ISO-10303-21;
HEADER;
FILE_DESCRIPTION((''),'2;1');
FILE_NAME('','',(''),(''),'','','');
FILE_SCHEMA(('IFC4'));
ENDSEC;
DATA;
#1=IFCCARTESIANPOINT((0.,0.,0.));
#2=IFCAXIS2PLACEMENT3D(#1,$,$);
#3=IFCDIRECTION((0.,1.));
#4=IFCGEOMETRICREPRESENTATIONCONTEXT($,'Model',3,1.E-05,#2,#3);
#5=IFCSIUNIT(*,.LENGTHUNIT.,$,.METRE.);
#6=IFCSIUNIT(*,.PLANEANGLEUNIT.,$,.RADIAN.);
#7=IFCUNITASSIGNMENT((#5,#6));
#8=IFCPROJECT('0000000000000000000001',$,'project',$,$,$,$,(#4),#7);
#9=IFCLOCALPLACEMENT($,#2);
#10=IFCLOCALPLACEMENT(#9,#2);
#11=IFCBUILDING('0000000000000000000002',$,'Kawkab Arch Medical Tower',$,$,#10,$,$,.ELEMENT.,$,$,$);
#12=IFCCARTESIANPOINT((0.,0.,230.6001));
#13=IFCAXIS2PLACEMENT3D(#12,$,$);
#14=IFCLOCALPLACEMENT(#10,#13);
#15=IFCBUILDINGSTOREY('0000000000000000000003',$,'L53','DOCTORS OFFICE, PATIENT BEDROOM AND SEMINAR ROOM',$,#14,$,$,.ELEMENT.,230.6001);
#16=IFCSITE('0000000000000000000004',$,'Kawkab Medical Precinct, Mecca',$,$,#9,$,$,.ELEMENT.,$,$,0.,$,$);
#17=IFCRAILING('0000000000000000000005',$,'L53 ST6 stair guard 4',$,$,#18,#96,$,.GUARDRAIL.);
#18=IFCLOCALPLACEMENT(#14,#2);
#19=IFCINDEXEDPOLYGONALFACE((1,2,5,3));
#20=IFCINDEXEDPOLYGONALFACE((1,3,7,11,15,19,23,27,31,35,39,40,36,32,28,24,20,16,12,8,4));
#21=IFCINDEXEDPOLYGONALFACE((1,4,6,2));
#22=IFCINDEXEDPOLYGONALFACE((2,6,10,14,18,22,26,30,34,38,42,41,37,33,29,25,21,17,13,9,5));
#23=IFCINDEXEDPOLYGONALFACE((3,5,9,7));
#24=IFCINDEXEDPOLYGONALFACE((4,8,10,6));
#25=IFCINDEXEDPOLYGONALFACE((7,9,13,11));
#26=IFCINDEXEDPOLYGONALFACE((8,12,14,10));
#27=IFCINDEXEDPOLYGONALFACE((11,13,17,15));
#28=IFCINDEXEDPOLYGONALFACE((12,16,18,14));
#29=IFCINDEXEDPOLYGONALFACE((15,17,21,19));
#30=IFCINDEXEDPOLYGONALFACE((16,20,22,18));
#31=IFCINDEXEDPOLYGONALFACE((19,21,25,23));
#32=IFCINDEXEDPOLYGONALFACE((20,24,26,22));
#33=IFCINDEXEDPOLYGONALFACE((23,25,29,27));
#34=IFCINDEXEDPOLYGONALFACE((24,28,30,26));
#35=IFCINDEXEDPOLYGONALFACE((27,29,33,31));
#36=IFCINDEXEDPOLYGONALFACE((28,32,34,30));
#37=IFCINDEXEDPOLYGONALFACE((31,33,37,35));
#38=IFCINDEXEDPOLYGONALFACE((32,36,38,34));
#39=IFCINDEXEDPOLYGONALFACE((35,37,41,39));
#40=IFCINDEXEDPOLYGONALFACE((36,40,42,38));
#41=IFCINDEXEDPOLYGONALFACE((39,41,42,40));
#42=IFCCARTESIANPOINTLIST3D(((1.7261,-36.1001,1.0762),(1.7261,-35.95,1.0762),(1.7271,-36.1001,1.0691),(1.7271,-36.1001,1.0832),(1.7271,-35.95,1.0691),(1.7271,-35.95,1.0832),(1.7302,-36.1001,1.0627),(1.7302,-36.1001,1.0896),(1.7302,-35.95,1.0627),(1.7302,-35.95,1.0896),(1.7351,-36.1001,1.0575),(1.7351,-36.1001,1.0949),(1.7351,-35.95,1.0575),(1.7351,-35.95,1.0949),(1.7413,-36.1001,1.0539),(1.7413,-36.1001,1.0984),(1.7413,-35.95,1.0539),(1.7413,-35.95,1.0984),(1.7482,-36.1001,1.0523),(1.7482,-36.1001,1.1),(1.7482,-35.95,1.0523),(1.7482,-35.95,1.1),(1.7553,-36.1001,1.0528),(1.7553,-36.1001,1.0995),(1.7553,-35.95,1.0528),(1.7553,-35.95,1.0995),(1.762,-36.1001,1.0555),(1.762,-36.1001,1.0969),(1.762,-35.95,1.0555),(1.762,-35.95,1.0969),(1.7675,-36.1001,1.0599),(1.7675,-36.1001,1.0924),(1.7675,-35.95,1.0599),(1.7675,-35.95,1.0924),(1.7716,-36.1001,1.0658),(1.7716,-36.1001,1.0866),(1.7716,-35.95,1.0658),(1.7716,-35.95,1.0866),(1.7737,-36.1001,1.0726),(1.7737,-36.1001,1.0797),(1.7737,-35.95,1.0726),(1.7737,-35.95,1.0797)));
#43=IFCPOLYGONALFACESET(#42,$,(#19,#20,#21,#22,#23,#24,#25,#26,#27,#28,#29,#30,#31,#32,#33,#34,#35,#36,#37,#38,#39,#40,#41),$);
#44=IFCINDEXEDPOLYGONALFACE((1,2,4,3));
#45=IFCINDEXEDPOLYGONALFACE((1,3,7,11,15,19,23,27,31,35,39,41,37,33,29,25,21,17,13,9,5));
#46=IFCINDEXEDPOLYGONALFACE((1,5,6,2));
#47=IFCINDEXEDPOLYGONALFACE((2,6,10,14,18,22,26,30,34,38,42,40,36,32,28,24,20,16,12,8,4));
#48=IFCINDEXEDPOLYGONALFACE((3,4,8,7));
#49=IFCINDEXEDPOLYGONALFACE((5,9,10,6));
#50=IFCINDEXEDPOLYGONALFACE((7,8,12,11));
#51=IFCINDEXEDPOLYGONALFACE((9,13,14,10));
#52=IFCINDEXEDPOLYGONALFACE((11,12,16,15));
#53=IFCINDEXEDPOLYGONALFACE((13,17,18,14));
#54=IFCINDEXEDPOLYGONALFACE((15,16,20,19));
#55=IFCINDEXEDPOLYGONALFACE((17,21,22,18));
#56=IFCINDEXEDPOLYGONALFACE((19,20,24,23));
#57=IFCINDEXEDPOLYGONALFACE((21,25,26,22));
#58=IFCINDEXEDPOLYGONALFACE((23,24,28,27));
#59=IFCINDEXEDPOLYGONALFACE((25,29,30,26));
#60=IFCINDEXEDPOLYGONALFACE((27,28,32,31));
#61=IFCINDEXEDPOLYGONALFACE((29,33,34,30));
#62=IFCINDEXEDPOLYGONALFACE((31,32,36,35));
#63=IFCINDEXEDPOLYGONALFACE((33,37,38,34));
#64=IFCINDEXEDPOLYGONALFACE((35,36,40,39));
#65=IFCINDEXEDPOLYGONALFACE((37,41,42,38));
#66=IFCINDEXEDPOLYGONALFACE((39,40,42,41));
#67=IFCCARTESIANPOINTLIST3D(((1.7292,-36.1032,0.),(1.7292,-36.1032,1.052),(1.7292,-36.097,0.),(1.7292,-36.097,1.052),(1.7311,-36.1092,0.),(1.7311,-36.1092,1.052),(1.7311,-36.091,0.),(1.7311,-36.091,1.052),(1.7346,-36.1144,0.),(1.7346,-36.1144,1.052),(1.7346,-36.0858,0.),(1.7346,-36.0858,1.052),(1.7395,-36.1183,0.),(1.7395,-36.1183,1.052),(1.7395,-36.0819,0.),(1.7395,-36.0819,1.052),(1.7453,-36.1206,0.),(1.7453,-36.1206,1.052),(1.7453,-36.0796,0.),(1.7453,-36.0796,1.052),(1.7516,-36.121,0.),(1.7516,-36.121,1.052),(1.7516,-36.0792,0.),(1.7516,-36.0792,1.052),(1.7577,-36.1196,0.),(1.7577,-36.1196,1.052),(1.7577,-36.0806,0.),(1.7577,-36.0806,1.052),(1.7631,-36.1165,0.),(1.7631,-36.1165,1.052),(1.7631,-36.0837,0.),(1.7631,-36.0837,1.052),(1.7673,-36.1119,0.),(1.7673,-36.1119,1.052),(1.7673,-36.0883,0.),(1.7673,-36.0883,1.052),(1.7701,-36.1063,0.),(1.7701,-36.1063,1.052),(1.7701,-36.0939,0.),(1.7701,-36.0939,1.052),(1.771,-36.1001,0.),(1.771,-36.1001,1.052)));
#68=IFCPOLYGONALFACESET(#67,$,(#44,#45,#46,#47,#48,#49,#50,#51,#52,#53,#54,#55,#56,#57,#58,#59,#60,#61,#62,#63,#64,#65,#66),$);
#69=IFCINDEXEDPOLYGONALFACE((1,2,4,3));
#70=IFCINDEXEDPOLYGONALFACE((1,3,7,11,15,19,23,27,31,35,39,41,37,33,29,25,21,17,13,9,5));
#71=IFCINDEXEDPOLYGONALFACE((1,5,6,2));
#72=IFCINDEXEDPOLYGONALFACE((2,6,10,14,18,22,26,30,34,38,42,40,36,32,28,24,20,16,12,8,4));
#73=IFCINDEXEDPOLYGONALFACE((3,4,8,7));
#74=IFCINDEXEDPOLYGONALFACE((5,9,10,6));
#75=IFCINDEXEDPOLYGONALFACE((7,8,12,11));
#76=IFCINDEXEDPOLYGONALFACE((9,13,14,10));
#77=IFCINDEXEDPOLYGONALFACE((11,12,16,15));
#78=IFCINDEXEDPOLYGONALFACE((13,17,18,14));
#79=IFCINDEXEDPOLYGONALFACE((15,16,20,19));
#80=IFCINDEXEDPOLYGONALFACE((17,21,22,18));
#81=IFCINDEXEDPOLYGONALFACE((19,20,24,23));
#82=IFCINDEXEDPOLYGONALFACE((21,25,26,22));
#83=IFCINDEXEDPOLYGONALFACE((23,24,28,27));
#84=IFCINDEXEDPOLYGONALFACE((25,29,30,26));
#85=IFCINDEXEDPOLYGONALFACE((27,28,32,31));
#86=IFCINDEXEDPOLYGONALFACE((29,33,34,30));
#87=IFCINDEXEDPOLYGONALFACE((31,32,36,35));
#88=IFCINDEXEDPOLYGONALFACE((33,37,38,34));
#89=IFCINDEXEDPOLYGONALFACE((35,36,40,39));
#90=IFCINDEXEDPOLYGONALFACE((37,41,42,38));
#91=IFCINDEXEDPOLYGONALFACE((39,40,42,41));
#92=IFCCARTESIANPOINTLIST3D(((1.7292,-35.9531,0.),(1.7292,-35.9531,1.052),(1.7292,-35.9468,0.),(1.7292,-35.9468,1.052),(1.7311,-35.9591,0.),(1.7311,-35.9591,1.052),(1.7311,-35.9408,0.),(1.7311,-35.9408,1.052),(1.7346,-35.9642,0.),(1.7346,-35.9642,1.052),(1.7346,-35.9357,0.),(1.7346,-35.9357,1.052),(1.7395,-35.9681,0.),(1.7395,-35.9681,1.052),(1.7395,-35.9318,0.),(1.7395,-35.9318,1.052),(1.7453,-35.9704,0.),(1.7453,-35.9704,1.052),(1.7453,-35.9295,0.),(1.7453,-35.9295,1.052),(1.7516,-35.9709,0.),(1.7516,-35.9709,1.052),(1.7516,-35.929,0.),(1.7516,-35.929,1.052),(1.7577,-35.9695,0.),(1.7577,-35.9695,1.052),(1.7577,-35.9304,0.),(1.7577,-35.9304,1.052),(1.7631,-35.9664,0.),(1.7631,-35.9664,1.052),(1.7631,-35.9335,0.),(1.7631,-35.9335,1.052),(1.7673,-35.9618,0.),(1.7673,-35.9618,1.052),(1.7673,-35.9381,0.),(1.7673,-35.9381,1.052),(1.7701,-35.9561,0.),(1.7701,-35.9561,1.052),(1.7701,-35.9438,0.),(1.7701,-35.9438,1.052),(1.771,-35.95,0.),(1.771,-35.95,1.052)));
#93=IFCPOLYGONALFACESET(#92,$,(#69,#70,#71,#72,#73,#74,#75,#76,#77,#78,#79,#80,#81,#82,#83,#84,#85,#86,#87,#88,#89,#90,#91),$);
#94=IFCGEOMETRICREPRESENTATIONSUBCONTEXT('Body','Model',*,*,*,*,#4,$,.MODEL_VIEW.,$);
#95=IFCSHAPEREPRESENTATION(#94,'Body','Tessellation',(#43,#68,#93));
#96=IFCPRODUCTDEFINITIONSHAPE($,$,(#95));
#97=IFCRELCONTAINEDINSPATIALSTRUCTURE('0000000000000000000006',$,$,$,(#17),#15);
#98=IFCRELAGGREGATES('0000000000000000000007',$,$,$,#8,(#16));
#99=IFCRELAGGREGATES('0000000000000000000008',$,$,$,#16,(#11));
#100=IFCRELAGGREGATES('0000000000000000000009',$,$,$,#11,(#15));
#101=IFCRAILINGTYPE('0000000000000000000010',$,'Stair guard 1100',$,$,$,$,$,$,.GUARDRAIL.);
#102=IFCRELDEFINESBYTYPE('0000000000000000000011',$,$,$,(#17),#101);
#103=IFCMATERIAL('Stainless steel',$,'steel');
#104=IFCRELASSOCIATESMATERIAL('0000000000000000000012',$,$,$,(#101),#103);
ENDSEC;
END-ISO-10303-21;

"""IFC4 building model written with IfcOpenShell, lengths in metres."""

from ifc_helpers import new_model, si_unit, direction, frame, origin, origin_2d, place, context, subcontext, project, spatial, circle, extrude, material, type_object, element, save


model = new_model("IFC4")

# Units and contexts
model_context = context("Model", 3, precision=1e-05, world=origin(), true_north=direction((0.0, 1.0)))
body_context = subcontext(model_context, "Body", "Model", "MODEL_VIEW")
ifc_project = project(units=[si_unit("LENGTHUNIT", "METRE"), si_unit("PLANEANGLEUNIT", "RADIAN")], contexts=[model_context])

# Site, building, storey
site_placement = place(None, origin())
site = spatial("IfcSite", under=ifc_project, at=site_placement, Name="Kawkab Medical Precinct, Mecca", CompositionType="ELEMENT", RefElevation=0.0)
building_placement = place(site_placement, origin())
building = spatial("IfcBuilding", under=site, at=building_placement, Name="Kawkab Arch Medical Tower", CompositionType="ELEMENT")
storey_placement = place(building_placement, frame((0.0, 0.0, 230.6001)))
storey = spatial("IfcBuildingStorey", under=building, at=storey_placement, Name="L53", Description="DOCTORS OFFICE, PATIENT BEDROOM AND SEMINAR ROOM", CompositionType="ELEMENT", Elevation=230.6001)

# Railing
ifc_material_1 = material(Name="Stainless steel", Category="steel")
railing_type_1 = type_object("IfcRailingType", Name="Stair guard 1100", PredefinedType="GUARDRAIL", material=ifc_material_1)
railing_1_placement = place(storey_placement, frame((1.75, -36.1001, 0.0)))
element("IfcRailing", 1, at=railing_1_placement, inside=storey, type_object=railing_type_1, Name="L53 ST6 stair guard 4", PredefinedType="GUARDRAIL", context=body_context, shape_type="SweptSolid", body=[
    extrude(circle(Radius=0.0239, at=origin_2d()), frame((0.0, 0.0, 1.0762), z_axis=(0.0, 1.0, 0.0), x_axis=(-1.0, 0.0, 0.0)), (0.0, 0.0, 1.0), 0.1501),
    extrude(circle(Radius=0.021, at=origin_2d()), origin(), (0.0, 0.0, 1.0), 1.052),
    extrude(circle(Radius=0.021, at=origin_2d()), frame((0.0, 0.1501, 0.0)), (0.0, 0.0, 1.0), 1.052),
])

save(model, "model.ifc")
